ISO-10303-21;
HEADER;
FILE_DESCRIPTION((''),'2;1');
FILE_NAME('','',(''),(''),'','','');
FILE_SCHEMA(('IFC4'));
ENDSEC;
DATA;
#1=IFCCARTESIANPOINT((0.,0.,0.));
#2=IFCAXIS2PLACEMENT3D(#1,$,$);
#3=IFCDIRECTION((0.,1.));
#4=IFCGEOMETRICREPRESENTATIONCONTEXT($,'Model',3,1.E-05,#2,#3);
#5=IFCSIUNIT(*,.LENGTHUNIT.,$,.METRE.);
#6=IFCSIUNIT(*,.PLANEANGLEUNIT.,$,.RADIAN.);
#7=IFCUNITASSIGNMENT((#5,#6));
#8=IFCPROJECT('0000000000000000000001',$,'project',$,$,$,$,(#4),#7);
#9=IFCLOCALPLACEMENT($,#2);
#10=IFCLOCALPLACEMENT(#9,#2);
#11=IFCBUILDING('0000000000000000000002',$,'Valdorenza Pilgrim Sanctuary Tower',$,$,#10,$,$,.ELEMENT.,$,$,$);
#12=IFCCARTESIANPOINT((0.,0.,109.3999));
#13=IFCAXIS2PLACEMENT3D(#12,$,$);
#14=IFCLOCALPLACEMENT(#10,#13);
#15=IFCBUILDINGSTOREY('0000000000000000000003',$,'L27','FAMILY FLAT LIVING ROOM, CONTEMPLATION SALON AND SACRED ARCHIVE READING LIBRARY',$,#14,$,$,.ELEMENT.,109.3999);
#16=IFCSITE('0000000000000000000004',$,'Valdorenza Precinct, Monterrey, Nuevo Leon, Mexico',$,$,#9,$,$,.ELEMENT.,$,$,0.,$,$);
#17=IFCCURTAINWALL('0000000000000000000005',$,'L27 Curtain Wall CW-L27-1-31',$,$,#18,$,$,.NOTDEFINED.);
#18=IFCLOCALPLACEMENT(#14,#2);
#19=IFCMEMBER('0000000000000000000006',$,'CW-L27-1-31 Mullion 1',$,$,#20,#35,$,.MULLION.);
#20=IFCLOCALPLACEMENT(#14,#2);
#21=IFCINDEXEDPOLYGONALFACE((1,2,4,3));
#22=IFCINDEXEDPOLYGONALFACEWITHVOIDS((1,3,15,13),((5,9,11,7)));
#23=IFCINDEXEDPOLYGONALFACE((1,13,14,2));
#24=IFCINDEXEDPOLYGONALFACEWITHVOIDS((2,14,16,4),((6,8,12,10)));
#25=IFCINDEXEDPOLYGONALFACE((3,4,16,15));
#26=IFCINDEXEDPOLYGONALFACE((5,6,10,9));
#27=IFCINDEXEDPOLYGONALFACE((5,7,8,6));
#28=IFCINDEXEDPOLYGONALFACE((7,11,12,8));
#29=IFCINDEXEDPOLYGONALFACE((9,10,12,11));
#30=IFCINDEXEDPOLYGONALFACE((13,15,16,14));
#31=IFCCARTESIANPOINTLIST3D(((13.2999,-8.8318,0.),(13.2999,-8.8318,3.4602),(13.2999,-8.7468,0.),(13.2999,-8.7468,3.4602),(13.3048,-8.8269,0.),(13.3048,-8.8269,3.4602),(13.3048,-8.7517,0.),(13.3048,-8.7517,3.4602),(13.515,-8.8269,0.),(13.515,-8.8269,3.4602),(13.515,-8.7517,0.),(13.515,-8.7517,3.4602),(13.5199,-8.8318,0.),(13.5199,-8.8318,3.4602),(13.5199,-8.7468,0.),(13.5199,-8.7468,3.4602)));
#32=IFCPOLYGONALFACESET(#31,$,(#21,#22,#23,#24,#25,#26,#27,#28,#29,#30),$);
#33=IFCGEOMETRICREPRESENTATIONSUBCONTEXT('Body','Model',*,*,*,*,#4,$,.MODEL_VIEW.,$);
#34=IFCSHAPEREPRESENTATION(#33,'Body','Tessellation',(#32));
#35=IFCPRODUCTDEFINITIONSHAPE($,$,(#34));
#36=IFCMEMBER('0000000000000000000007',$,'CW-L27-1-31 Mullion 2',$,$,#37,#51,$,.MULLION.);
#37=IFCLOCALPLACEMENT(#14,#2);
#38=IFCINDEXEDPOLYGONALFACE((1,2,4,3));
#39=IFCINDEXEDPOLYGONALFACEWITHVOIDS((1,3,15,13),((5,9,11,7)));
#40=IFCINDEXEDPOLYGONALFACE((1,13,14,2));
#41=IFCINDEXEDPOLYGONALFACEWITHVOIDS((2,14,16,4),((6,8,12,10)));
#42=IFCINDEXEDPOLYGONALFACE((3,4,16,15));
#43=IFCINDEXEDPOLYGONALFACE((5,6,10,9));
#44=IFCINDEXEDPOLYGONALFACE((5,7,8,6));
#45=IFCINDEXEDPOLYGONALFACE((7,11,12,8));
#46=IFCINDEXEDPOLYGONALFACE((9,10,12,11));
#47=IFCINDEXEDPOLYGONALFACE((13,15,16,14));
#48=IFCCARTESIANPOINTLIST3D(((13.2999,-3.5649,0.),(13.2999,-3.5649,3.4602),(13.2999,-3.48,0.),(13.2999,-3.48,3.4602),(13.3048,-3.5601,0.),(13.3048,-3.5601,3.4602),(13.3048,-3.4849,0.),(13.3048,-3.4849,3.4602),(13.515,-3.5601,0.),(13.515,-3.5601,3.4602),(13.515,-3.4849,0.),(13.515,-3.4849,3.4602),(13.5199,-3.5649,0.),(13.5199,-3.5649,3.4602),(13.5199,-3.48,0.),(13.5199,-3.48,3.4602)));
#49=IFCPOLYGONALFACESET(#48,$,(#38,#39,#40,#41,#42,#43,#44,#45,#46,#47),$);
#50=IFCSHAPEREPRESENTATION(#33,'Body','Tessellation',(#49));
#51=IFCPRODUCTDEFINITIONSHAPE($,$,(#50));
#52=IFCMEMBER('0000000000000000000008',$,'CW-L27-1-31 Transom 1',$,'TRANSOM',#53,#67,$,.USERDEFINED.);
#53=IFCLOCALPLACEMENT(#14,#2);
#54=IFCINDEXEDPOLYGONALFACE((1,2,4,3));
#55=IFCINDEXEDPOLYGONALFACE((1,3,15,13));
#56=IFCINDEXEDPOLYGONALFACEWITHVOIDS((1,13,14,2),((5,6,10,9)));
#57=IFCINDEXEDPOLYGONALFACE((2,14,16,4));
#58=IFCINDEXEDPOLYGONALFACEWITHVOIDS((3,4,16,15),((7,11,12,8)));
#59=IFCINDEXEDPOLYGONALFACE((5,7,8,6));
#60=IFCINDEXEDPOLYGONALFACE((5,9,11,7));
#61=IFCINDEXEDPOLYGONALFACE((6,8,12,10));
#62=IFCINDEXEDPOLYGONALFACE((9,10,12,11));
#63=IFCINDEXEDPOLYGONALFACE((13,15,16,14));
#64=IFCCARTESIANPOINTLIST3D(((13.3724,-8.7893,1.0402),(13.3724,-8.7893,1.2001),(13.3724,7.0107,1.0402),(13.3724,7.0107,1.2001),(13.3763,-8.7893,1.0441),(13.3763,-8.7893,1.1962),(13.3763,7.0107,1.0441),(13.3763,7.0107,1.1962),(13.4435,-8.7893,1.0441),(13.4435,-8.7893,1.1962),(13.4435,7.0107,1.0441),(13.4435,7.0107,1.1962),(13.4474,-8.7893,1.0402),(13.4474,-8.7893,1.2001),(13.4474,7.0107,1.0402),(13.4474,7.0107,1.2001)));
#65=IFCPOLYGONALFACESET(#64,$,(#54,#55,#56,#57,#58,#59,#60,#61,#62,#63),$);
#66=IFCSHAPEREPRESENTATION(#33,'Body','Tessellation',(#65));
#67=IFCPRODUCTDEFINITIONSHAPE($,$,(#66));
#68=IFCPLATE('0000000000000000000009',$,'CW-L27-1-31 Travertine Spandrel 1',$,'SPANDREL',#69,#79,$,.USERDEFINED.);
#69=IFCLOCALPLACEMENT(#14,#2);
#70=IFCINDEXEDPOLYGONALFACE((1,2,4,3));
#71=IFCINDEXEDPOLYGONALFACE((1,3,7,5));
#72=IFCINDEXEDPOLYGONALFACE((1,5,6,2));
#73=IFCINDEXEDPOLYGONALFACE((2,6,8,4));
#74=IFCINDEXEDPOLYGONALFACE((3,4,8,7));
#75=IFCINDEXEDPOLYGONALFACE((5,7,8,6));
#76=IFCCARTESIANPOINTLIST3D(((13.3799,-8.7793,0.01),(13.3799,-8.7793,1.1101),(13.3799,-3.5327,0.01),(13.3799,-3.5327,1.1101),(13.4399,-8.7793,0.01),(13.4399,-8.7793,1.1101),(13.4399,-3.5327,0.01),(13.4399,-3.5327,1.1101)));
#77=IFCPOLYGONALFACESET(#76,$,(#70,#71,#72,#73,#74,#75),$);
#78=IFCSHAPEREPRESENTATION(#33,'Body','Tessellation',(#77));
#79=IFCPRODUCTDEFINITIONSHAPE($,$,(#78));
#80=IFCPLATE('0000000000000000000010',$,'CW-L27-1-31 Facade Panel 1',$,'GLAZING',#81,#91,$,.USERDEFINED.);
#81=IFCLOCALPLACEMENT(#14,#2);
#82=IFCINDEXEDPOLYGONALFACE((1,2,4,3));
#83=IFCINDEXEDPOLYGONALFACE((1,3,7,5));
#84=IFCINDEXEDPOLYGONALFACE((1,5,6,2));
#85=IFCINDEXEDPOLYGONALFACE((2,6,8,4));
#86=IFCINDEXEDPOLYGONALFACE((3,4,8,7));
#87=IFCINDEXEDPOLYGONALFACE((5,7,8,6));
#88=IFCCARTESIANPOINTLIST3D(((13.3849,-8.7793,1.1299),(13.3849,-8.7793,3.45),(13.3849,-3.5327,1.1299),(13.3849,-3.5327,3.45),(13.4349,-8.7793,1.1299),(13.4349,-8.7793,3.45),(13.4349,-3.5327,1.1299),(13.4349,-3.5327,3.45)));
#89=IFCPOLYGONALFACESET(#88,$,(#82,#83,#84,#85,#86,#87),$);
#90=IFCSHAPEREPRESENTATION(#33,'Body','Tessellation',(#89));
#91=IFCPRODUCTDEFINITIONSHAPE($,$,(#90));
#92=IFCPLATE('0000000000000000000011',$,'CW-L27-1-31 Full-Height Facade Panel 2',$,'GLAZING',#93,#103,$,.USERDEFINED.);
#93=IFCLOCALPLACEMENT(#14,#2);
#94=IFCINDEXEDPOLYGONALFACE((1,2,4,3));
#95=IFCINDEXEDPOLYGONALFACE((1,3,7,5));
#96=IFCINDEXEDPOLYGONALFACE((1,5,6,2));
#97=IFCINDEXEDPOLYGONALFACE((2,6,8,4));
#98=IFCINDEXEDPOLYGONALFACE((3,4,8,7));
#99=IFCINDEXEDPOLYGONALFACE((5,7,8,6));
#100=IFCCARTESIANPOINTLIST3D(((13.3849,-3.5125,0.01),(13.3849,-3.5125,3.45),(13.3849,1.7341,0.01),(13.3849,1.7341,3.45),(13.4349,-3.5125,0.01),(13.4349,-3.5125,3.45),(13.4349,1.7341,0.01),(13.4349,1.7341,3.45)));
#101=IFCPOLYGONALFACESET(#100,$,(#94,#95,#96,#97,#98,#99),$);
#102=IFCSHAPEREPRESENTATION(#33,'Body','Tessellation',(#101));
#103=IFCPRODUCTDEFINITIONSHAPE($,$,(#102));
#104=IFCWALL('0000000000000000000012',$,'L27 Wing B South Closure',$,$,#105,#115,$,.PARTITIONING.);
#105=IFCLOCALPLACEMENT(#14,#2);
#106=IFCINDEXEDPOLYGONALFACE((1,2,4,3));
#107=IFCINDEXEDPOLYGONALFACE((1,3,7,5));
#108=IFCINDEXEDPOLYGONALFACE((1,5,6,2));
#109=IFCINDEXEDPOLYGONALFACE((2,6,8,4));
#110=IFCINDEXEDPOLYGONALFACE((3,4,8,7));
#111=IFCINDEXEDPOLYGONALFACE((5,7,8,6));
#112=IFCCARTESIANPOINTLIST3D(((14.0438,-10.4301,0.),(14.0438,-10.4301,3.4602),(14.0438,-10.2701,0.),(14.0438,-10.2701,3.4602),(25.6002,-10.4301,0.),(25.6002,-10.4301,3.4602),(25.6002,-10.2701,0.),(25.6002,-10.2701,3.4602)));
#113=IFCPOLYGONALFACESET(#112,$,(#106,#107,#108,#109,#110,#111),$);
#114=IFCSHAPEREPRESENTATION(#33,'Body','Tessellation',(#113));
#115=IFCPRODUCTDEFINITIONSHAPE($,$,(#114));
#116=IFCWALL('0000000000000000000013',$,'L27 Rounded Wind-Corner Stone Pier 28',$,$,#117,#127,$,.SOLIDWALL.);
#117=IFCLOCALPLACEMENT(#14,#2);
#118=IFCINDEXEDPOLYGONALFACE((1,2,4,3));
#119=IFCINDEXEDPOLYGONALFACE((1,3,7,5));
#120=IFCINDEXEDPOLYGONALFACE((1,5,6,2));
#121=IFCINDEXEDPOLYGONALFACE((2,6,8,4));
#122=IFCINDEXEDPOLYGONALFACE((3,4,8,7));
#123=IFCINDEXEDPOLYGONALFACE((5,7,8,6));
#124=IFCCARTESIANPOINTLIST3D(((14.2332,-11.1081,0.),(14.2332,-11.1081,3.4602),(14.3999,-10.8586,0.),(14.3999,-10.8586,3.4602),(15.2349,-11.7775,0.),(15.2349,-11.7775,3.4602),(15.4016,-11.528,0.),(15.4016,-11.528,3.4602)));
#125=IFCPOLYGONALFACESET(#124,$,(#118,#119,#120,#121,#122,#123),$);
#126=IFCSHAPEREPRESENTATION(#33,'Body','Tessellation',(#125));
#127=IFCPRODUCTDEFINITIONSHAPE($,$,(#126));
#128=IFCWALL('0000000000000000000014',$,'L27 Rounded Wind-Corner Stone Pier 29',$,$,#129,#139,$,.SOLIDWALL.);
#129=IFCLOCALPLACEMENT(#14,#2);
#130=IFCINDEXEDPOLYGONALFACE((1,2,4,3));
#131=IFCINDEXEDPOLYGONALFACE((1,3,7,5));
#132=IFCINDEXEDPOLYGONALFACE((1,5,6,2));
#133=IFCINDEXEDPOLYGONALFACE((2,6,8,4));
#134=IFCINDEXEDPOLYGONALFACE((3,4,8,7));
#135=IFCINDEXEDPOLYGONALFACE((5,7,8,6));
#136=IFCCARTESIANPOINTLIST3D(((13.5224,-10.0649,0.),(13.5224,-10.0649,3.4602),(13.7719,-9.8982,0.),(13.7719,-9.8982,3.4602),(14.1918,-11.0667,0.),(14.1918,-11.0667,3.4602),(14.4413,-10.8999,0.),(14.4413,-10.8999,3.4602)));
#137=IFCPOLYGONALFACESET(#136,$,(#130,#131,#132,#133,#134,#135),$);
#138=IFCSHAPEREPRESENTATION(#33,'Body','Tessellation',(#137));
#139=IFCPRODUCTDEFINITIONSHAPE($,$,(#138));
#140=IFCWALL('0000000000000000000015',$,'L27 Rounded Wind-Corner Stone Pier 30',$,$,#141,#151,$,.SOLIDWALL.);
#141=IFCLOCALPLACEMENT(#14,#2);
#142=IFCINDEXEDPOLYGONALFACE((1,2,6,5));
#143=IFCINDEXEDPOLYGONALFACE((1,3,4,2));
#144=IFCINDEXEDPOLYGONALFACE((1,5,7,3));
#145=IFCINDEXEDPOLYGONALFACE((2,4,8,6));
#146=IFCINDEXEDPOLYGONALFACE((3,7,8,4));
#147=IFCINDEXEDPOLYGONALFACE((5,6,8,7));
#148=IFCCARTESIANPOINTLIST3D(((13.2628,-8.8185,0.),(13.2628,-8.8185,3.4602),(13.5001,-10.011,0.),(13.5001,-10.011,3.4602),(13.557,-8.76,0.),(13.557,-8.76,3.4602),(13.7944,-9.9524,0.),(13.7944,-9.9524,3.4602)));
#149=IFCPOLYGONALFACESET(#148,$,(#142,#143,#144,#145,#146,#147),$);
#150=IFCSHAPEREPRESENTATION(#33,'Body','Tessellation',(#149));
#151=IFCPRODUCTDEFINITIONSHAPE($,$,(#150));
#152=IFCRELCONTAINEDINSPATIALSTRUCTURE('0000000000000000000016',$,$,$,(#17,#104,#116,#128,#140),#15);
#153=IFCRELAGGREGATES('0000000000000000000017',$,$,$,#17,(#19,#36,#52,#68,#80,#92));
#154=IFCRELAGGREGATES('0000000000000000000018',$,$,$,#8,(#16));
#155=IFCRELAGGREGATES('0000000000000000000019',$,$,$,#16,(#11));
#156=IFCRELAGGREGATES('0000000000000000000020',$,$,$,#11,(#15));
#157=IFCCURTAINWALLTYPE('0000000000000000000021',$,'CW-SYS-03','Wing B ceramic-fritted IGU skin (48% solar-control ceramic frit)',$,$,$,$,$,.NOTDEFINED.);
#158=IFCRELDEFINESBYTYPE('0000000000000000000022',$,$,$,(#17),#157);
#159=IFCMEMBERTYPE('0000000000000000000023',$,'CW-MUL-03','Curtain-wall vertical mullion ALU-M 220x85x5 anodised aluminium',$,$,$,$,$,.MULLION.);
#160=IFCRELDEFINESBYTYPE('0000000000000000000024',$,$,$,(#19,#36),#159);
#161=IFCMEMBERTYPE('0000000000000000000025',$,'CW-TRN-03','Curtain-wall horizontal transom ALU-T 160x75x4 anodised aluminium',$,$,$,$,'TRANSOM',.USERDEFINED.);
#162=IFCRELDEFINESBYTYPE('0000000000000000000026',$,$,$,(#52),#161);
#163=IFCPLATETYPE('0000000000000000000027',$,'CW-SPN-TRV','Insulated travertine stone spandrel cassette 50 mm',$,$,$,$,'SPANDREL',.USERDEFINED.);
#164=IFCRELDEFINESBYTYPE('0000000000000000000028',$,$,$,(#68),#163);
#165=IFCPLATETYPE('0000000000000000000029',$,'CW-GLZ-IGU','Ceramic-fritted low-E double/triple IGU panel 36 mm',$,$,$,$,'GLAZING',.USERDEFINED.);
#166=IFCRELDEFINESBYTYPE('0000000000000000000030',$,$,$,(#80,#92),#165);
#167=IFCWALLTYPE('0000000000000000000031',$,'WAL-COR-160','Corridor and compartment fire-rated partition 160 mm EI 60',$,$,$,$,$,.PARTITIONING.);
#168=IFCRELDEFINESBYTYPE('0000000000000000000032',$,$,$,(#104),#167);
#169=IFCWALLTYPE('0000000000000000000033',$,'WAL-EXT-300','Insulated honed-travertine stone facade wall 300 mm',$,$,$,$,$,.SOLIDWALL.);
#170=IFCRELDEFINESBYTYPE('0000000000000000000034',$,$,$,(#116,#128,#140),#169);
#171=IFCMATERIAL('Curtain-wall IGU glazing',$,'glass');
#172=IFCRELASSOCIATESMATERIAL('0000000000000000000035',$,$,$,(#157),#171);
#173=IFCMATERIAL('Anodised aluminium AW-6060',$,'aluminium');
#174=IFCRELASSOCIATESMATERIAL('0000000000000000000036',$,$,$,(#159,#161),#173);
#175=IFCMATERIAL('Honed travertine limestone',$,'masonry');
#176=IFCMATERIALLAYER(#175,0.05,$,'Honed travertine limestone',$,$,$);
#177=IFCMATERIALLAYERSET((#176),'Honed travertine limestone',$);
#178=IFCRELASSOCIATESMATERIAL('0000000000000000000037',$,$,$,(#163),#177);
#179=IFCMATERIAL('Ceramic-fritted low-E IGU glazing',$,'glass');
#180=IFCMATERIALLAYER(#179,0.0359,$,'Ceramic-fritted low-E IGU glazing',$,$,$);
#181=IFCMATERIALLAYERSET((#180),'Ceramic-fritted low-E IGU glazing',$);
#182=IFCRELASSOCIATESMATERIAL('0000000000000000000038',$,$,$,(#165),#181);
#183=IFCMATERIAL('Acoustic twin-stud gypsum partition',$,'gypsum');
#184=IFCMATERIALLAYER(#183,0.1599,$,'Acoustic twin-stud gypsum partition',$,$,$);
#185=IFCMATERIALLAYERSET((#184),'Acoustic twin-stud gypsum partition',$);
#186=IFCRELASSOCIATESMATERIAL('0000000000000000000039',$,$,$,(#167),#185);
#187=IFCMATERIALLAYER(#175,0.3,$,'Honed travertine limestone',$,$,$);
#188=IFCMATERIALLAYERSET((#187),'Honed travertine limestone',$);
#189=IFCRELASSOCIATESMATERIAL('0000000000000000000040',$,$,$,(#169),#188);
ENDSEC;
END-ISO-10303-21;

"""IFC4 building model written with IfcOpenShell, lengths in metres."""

from ifc_helpers import new_model, si_unit, direction, frame, frame_2d, origin, origin_2d, place, context, subcontext, project, spatial, rectangle, hollow_rectangle, extrude, source, transform, mapped, material, layer, layer_set, material_profile, profile_set, type_object, element, aggregate, save


model = new_model("IFC4")

# Units and contexts
model_context = context("Model", 3, precision=1e-05, world=origin(), true_north=direction((0.0, 1.0)))
body_context = subcontext(model_context, "Body", "Model", "MODEL_VIEW")
ifc_project = project(units=[si_unit("LENGTHUNIT", "METRE"), si_unit("PLANEANGLEUNIT", "RADIAN")], contexts=[model_context])

# Site, building, storey
site_placement = place(None, origin())
site = spatial("IfcSite", under=ifc_project, at=site_placement, Name="Valdorenza Precinct, Monterrey, Nuevo Leon, Mexico", CompositionType="ELEMENT", RefElevation=0.0)
building_placement = place(site_placement, origin())
building = spatial("IfcBuilding", under=site, at=building_placement, Name="Valdorenza Pilgrim Sanctuary Tower", CompositionType="ELEMENT")
storey_placement = place(building_placement, frame((0.0, 0.0, 109.3999)))
storey = spatial("IfcBuildingStorey", under=building, at=storey_placement, Name="L27", Description="FAMILY FLAT LIVING ROOM, CONTEMPLATION SALON AND SACRED ARCHIVE READING LIBRARY", CompositionType="ELEMENT", Elevation=109.3999)

# Curtain wall, members, plates
ifc_material_1 = material(Name="Curtain-wall IGU glazing", Category="glass")
curtain_wall_type = type_object("IfcCurtainWallType", Name="CW-SYS-03", Description="Wing B ceramic-fritted IGU skin (48% solar-control ceramic frit)", PredefinedType="NOTDEFINED", material=ifc_material_1)
curtain_wall_placement = place(storey_placement, origin())
curtain_wall = element("IfcCurtainWall", 1, at=curtain_wall_placement, inside=storey, type_object=curtain_wall_type, Name="L27 Curtain Wall CW-L27-1-31", PredefinedType="NOTDEFINED")
ifc_material_2 = material(Name="Anodised aluminium AW-6060", Category="aluminium")
ifc_material_profile_1 = material_profile(ifc_material_2, hollow_rectangle(XDim=0.085, YDim=0.22, WallThickness=0.0049, at=origin_2d()), Name="ALU-M 220x85x5")
ifc_profile_set_1 = profile_set([ifc_material_profile_1], Name="Anodised aluminium AW-6060")
member_type_1 = type_object("IfcMemberType", Name="CW-MUL-03", Description="Curtain-wall vertical mullion ALU-M 220x85x5 anodised aluminium", PredefinedType="MULLION", material=ifc_profile_set_1)
shared_shape_1 = source(origin(), body_context, "Body", "SweptSolid", [
    extrude(hollow_rectangle(XDim=0.085, YDim=0.22, WallThickness=0.0049, at=origin_2d()), origin(), (0.0, 0.0, 1.0), 3.4602),
])
member_1_placement = place(storey_placement, frame((13.4099, -8.7893, 0.0), z_axis=(0.0, 0.0, 1.0), x_axis=(0.0, 1.0, 0.0)))
member_1 = element("IfcMember", 2, at=member_1_placement, type_object=member_type_1, Name="CW-L27-1-31 Mullion 1", PredefinedType="MULLION", context=body_context, shape_type="MappedRepresentation", body=[
    mapped(shared_shape_1, transform((0.0, 0.0, 0.0), x_axis=(1.0, 0.0, 0.0), y_axis=(0.0, 1.0, 0.0), z_axis=(0.0, 0.0, 1.0), scale=1.0)),
])
member_2_placement = place(storey_placement, frame((13.4099, -3.5225, 0.0), z_axis=(0.0, 0.0, 1.0), x_axis=(0.0, 1.0, 0.0)))
member_2 = element("IfcMember", 3, at=member_2_placement, type_object=member_type_1, Name="CW-L27-1-31 Mullion 2", PredefinedType="MULLION", context=body_context, shape_type="MappedRepresentation", body=[
    mapped(shared_shape_1, transform((0.0, 0.0, 0.0), x_axis=(1.0, 0.0, 0.0), y_axis=(0.0, 1.0, 0.0), z_axis=(0.0, 0.0, 1.0), scale=1.0)),
])
ifc_material_profile_2 = material_profile(ifc_material_2, hollow_rectangle(XDim=0.075, YDim=0.1599, WallThickness=0.0039, at=origin_2d()), Name="ALU-T 160x75x4")
ifc_profile_set_2 = profile_set([ifc_material_profile_2], Name="Anodised aluminium AW-6060")
member_type_2 = type_object("IfcMemberType", Name="CW-TRN-03", Description="Curtain-wall horizontal transom ALU-T 160x75x4 anodised aluminium", ElementType="TRANSOM", PredefinedType="USERDEFINED", material=ifc_profile_set_2)
shared_shape_2 = source(origin(), body_context, "Body", "SweptSolid", [
    extrude(hollow_rectangle(XDim=0.075, YDim=0.1599, WallThickness=0.0039, at=origin_2d()), origin(), (0.0, 0.0, 1.0), 15.8),
])
member_3_placement = place(storey_placement, frame((13.4099, -8.7893, 1.1201), z_axis=(0.0, 1.0, 0.0), x_axis=(-1.0, 0.0, 0.0)))
member_3 = element("IfcMember", 4, at=member_3_placement, type_object=member_type_2, Name="CW-L27-1-31 Transom 1", ObjectType="TRANSOM", PredefinedType="USERDEFINED", context=body_context, shape_type="MappedRepresentation", body=[
    mapped(shared_shape_2, transform((0.0, 0.0, 0.0), x_axis=(1.0, 0.0, 0.0), y_axis=(0.0, 1.0, 0.0), z_axis=(0.0, 0.0, 1.0), scale=1.0)),
])
ifc_material_3 = material(Name="Honed travertine limestone", Category="masonry")
ifc_layer_1 = layer(ifc_material_3, 0.05, Name="Honed travertine limestone")
ifc_layer_set_1 = layer_set([ifc_layer_1], Name="Honed travertine limestone")
plate_type_1 = type_object("IfcPlateType", Name="CW-SPN-TRV", Description="Insulated travertine stone spandrel cassette 50 mm", ElementType="SPANDREL", PredefinedType="USERDEFINED", material=ifc_layer_set_1)
shared_shape_3 = source(origin(), body_context, "Body", "SweptSolid", [
    extrude(rectangle(XDim=5.2466, YDim=0.0601, at=origin_2d()), origin(), (0.0, 0.0, 1.0), 1.1001),
])
plate_1_placement = place(storey_placement, frame((13.4099, -6.156, 0.01), z_axis=(0.0, 0.0, 1.0), x_axis=(0.0, 1.0, 0.0)))
plate_1 = element("IfcPlate", 5, at=plate_1_placement, type_object=plate_type_1, Name="CW-L27-1-31 Travertine Spandrel 1", ObjectType="SPANDREL", PredefinedType="USERDEFINED", context=body_context, shape_type="MappedRepresentation", body=[
    mapped(shared_shape_3, transform((0.0, 0.0, 0.0), x_axis=(1.0, 0.0, 0.0), y_axis=(0.0, 1.0, 0.0), z_axis=(0.0, 0.0, 1.0), scale=1.0)),
])
ifc_material_4 = material(Name="Ceramic-fritted low-E IGU glazing", Category="glass")
ifc_layer_2 = layer(ifc_material_4, 0.0359, Name="Ceramic-fritted low-E IGU glazing")
ifc_layer_set_2 = layer_set([ifc_layer_2], Name="Ceramic-fritted low-E IGU glazing")
plate_type_2 = type_object("IfcPlateType", Name="CW-GLZ-IGU", Description="Ceramic-fritted low-E double/triple IGU panel 36 mm", ElementType="GLAZING", PredefinedType="USERDEFINED", material=ifc_layer_set_2)
shared_shape_4 = source(origin(), body_context, "Body", "SweptSolid", [
    extrude(rectangle(XDim=5.2466, YDim=0.05, at=origin_2d()), origin(), (0.0, 0.0, 1.0), 2.3201),
])
plate_2_placement = place(storey_placement, frame((13.4099, -6.156, 1.1299), z_axis=(0.0, 0.0, 1.0), x_axis=(0.0, 1.0, 0.0)))
plate_2 = element("IfcPlate", 6, at=plate_2_placement, type_object=plate_type_2, Name="CW-L27-1-31 Facade Panel 1", ObjectType="GLAZING", PredefinedType="USERDEFINED", context=body_context, shape_type="MappedRepresentation", body=[
    mapped(shared_shape_4, transform((0.0, 0.0, 0.0), x_axis=(1.0, 0.0, 0.0), y_axis=(0.0, 1.0, 0.0), z_axis=(0.0, 0.0, 1.0), scale=1.0)),
])
shared_shape_5 = source(origin(), body_context, "Body", "SweptSolid", [
    extrude(rectangle(XDim=5.2466, YDim=0.05, at=origin_2d()), origin(), (0.0, 0.0, 1.0), 3.4399),
])
plate_3_placement = place(storey_placement, frame((13.4099, -0.8892, 0.01), z_axis=(0.0, 0.0, 1.0), x_axis=(0.0, 1.0, 0.0)))
plate_3 = element("IfcPlate", 7, at=plate_3_placement, type_object=plate_type_2, Name="CW-L27-1-31 Full-Height Facade Panel 2", ObjectType="GLAZING", PredefinedType="USERDEFINED", context=body_context, shape_type="MappedRepresentation", body=[
    mapped(shared_shape_5, transform((0.0, 0.0, 0.0), x_axis=(1.0, 0.0, 0.0), y_axis=(0.0, 1.0, 0.0), z_axis=(0.0, 0.0, 1.0), scale=1.0)),
])
aggregate(curtain_wall, [member_1, member_2, member_3, plate_1, plate_2, plate_3])

# Walls
ifc_material_5 = material(Name="Acoustic twin-stud gypsum partition", Category="gypsum")
ifc_layer_3 = layer(ifc_material_5, 0.1599, Name="Acoustic twin-stud gypsum partition")
ifc_layer_set_3 = layer_set([ifc_layer_3], Name="Acoustic twin-stud gypsum partition")
wall_type_1 = type_object("IfcWallType", Name="WAL-COR-160", Description="Corridor and compartment fire-rated partition 160 mm EI 60", PredefinedType="PARTITIONING", material=ifc_layer_set_3)
wall_1_placement = place(storey_placement, frame((14.0437, -10.3501, 0.0), z_axis=(0.0, 0.0, 1.0), x_axis=(1.0, 0.0, 0.0)))
element("IfcWall", 8, at=wall_1_placement, inside=storey, type_object=wall_type_1, Name="L27 Wing B South Closure", PredefinedType="PARTITIONING", context=body_context, shape_type="SweptSolid", body=[
    extrude(rectangle(XDim=11.5564, YDim=0.1599, at=frame_2d((5.7783, 0.0))), origin(), (0.0, 0.0, 1.0), 3.4602),
])
ifc_layer_4 = layer(ifc_material_3, 0.3, Name="Honed travertine limestone")
ifc_layer_set_4 = layer_set([ifc_layer_4], Name="Honed travertine limestone")
wall_type_2 = type_object("IfcWallType", Name="WAL-EXT-300", Description="Insulated honed-travertine stone facade wall 300 mm", PredefinedType="SOLIDWALL", material=ifc_layer_set_4)
for number, where, z_axis, x_axis, name in (
    (9, (15.3184, -11.6528, 0.0), (0.0, 0.0, 1.0), (-0.831426, 0.555635, 0.0), "L27 Rounded Wind-Corner Stone Pier 28"),
    (10, (14.3167, -10.9834, 0.0), (0.0, 0.0, 1.0), (-0.555635, 0.831426, 0.0), "L27 Rounded Wind-Corner Stone Pier 29"),
):
    element("IfcWall", number, at=place(storey_placement, frame(where, z_axis=z_axis, x_axis=x_axis)), inside=storey, type_object=wall_type_2, Name=name, PredefinedType="SOLIDWALL", context=body_context, shape_type="SweptSolid", body=[
        extrude(rectangle(XDim=1.2048, YDim=0.3, at=frame_2d((0.6025, 0.0))), origin(), (0.0, 0.0, 1.0), 3.4602),
    ])
wall_2_placement = place(storey_placement, frame((13.6472, -9.9817, 0.0), z_axis=(0.0, 0.0, 1.0), x_axis=(-0.195189, 0.980766, 0.0)))
element("IfcWall", 11, at=wall_2_placement, inside=storey, type_object=wall_type_2, Name="L27 Rounded Wind-Corner Stone Pier 30", PredefinedType="SOLIDWALL", context=body_context, shape_type="SweptSolid", body=[
    extrude(rectangle(XDim=1.2158, YDim=0.3, at=frame_2d((0.6079, 0.0))), origin(), (0.0, 0.0, 1.0), 3.4602),
])

save(model, "model.ifc")
